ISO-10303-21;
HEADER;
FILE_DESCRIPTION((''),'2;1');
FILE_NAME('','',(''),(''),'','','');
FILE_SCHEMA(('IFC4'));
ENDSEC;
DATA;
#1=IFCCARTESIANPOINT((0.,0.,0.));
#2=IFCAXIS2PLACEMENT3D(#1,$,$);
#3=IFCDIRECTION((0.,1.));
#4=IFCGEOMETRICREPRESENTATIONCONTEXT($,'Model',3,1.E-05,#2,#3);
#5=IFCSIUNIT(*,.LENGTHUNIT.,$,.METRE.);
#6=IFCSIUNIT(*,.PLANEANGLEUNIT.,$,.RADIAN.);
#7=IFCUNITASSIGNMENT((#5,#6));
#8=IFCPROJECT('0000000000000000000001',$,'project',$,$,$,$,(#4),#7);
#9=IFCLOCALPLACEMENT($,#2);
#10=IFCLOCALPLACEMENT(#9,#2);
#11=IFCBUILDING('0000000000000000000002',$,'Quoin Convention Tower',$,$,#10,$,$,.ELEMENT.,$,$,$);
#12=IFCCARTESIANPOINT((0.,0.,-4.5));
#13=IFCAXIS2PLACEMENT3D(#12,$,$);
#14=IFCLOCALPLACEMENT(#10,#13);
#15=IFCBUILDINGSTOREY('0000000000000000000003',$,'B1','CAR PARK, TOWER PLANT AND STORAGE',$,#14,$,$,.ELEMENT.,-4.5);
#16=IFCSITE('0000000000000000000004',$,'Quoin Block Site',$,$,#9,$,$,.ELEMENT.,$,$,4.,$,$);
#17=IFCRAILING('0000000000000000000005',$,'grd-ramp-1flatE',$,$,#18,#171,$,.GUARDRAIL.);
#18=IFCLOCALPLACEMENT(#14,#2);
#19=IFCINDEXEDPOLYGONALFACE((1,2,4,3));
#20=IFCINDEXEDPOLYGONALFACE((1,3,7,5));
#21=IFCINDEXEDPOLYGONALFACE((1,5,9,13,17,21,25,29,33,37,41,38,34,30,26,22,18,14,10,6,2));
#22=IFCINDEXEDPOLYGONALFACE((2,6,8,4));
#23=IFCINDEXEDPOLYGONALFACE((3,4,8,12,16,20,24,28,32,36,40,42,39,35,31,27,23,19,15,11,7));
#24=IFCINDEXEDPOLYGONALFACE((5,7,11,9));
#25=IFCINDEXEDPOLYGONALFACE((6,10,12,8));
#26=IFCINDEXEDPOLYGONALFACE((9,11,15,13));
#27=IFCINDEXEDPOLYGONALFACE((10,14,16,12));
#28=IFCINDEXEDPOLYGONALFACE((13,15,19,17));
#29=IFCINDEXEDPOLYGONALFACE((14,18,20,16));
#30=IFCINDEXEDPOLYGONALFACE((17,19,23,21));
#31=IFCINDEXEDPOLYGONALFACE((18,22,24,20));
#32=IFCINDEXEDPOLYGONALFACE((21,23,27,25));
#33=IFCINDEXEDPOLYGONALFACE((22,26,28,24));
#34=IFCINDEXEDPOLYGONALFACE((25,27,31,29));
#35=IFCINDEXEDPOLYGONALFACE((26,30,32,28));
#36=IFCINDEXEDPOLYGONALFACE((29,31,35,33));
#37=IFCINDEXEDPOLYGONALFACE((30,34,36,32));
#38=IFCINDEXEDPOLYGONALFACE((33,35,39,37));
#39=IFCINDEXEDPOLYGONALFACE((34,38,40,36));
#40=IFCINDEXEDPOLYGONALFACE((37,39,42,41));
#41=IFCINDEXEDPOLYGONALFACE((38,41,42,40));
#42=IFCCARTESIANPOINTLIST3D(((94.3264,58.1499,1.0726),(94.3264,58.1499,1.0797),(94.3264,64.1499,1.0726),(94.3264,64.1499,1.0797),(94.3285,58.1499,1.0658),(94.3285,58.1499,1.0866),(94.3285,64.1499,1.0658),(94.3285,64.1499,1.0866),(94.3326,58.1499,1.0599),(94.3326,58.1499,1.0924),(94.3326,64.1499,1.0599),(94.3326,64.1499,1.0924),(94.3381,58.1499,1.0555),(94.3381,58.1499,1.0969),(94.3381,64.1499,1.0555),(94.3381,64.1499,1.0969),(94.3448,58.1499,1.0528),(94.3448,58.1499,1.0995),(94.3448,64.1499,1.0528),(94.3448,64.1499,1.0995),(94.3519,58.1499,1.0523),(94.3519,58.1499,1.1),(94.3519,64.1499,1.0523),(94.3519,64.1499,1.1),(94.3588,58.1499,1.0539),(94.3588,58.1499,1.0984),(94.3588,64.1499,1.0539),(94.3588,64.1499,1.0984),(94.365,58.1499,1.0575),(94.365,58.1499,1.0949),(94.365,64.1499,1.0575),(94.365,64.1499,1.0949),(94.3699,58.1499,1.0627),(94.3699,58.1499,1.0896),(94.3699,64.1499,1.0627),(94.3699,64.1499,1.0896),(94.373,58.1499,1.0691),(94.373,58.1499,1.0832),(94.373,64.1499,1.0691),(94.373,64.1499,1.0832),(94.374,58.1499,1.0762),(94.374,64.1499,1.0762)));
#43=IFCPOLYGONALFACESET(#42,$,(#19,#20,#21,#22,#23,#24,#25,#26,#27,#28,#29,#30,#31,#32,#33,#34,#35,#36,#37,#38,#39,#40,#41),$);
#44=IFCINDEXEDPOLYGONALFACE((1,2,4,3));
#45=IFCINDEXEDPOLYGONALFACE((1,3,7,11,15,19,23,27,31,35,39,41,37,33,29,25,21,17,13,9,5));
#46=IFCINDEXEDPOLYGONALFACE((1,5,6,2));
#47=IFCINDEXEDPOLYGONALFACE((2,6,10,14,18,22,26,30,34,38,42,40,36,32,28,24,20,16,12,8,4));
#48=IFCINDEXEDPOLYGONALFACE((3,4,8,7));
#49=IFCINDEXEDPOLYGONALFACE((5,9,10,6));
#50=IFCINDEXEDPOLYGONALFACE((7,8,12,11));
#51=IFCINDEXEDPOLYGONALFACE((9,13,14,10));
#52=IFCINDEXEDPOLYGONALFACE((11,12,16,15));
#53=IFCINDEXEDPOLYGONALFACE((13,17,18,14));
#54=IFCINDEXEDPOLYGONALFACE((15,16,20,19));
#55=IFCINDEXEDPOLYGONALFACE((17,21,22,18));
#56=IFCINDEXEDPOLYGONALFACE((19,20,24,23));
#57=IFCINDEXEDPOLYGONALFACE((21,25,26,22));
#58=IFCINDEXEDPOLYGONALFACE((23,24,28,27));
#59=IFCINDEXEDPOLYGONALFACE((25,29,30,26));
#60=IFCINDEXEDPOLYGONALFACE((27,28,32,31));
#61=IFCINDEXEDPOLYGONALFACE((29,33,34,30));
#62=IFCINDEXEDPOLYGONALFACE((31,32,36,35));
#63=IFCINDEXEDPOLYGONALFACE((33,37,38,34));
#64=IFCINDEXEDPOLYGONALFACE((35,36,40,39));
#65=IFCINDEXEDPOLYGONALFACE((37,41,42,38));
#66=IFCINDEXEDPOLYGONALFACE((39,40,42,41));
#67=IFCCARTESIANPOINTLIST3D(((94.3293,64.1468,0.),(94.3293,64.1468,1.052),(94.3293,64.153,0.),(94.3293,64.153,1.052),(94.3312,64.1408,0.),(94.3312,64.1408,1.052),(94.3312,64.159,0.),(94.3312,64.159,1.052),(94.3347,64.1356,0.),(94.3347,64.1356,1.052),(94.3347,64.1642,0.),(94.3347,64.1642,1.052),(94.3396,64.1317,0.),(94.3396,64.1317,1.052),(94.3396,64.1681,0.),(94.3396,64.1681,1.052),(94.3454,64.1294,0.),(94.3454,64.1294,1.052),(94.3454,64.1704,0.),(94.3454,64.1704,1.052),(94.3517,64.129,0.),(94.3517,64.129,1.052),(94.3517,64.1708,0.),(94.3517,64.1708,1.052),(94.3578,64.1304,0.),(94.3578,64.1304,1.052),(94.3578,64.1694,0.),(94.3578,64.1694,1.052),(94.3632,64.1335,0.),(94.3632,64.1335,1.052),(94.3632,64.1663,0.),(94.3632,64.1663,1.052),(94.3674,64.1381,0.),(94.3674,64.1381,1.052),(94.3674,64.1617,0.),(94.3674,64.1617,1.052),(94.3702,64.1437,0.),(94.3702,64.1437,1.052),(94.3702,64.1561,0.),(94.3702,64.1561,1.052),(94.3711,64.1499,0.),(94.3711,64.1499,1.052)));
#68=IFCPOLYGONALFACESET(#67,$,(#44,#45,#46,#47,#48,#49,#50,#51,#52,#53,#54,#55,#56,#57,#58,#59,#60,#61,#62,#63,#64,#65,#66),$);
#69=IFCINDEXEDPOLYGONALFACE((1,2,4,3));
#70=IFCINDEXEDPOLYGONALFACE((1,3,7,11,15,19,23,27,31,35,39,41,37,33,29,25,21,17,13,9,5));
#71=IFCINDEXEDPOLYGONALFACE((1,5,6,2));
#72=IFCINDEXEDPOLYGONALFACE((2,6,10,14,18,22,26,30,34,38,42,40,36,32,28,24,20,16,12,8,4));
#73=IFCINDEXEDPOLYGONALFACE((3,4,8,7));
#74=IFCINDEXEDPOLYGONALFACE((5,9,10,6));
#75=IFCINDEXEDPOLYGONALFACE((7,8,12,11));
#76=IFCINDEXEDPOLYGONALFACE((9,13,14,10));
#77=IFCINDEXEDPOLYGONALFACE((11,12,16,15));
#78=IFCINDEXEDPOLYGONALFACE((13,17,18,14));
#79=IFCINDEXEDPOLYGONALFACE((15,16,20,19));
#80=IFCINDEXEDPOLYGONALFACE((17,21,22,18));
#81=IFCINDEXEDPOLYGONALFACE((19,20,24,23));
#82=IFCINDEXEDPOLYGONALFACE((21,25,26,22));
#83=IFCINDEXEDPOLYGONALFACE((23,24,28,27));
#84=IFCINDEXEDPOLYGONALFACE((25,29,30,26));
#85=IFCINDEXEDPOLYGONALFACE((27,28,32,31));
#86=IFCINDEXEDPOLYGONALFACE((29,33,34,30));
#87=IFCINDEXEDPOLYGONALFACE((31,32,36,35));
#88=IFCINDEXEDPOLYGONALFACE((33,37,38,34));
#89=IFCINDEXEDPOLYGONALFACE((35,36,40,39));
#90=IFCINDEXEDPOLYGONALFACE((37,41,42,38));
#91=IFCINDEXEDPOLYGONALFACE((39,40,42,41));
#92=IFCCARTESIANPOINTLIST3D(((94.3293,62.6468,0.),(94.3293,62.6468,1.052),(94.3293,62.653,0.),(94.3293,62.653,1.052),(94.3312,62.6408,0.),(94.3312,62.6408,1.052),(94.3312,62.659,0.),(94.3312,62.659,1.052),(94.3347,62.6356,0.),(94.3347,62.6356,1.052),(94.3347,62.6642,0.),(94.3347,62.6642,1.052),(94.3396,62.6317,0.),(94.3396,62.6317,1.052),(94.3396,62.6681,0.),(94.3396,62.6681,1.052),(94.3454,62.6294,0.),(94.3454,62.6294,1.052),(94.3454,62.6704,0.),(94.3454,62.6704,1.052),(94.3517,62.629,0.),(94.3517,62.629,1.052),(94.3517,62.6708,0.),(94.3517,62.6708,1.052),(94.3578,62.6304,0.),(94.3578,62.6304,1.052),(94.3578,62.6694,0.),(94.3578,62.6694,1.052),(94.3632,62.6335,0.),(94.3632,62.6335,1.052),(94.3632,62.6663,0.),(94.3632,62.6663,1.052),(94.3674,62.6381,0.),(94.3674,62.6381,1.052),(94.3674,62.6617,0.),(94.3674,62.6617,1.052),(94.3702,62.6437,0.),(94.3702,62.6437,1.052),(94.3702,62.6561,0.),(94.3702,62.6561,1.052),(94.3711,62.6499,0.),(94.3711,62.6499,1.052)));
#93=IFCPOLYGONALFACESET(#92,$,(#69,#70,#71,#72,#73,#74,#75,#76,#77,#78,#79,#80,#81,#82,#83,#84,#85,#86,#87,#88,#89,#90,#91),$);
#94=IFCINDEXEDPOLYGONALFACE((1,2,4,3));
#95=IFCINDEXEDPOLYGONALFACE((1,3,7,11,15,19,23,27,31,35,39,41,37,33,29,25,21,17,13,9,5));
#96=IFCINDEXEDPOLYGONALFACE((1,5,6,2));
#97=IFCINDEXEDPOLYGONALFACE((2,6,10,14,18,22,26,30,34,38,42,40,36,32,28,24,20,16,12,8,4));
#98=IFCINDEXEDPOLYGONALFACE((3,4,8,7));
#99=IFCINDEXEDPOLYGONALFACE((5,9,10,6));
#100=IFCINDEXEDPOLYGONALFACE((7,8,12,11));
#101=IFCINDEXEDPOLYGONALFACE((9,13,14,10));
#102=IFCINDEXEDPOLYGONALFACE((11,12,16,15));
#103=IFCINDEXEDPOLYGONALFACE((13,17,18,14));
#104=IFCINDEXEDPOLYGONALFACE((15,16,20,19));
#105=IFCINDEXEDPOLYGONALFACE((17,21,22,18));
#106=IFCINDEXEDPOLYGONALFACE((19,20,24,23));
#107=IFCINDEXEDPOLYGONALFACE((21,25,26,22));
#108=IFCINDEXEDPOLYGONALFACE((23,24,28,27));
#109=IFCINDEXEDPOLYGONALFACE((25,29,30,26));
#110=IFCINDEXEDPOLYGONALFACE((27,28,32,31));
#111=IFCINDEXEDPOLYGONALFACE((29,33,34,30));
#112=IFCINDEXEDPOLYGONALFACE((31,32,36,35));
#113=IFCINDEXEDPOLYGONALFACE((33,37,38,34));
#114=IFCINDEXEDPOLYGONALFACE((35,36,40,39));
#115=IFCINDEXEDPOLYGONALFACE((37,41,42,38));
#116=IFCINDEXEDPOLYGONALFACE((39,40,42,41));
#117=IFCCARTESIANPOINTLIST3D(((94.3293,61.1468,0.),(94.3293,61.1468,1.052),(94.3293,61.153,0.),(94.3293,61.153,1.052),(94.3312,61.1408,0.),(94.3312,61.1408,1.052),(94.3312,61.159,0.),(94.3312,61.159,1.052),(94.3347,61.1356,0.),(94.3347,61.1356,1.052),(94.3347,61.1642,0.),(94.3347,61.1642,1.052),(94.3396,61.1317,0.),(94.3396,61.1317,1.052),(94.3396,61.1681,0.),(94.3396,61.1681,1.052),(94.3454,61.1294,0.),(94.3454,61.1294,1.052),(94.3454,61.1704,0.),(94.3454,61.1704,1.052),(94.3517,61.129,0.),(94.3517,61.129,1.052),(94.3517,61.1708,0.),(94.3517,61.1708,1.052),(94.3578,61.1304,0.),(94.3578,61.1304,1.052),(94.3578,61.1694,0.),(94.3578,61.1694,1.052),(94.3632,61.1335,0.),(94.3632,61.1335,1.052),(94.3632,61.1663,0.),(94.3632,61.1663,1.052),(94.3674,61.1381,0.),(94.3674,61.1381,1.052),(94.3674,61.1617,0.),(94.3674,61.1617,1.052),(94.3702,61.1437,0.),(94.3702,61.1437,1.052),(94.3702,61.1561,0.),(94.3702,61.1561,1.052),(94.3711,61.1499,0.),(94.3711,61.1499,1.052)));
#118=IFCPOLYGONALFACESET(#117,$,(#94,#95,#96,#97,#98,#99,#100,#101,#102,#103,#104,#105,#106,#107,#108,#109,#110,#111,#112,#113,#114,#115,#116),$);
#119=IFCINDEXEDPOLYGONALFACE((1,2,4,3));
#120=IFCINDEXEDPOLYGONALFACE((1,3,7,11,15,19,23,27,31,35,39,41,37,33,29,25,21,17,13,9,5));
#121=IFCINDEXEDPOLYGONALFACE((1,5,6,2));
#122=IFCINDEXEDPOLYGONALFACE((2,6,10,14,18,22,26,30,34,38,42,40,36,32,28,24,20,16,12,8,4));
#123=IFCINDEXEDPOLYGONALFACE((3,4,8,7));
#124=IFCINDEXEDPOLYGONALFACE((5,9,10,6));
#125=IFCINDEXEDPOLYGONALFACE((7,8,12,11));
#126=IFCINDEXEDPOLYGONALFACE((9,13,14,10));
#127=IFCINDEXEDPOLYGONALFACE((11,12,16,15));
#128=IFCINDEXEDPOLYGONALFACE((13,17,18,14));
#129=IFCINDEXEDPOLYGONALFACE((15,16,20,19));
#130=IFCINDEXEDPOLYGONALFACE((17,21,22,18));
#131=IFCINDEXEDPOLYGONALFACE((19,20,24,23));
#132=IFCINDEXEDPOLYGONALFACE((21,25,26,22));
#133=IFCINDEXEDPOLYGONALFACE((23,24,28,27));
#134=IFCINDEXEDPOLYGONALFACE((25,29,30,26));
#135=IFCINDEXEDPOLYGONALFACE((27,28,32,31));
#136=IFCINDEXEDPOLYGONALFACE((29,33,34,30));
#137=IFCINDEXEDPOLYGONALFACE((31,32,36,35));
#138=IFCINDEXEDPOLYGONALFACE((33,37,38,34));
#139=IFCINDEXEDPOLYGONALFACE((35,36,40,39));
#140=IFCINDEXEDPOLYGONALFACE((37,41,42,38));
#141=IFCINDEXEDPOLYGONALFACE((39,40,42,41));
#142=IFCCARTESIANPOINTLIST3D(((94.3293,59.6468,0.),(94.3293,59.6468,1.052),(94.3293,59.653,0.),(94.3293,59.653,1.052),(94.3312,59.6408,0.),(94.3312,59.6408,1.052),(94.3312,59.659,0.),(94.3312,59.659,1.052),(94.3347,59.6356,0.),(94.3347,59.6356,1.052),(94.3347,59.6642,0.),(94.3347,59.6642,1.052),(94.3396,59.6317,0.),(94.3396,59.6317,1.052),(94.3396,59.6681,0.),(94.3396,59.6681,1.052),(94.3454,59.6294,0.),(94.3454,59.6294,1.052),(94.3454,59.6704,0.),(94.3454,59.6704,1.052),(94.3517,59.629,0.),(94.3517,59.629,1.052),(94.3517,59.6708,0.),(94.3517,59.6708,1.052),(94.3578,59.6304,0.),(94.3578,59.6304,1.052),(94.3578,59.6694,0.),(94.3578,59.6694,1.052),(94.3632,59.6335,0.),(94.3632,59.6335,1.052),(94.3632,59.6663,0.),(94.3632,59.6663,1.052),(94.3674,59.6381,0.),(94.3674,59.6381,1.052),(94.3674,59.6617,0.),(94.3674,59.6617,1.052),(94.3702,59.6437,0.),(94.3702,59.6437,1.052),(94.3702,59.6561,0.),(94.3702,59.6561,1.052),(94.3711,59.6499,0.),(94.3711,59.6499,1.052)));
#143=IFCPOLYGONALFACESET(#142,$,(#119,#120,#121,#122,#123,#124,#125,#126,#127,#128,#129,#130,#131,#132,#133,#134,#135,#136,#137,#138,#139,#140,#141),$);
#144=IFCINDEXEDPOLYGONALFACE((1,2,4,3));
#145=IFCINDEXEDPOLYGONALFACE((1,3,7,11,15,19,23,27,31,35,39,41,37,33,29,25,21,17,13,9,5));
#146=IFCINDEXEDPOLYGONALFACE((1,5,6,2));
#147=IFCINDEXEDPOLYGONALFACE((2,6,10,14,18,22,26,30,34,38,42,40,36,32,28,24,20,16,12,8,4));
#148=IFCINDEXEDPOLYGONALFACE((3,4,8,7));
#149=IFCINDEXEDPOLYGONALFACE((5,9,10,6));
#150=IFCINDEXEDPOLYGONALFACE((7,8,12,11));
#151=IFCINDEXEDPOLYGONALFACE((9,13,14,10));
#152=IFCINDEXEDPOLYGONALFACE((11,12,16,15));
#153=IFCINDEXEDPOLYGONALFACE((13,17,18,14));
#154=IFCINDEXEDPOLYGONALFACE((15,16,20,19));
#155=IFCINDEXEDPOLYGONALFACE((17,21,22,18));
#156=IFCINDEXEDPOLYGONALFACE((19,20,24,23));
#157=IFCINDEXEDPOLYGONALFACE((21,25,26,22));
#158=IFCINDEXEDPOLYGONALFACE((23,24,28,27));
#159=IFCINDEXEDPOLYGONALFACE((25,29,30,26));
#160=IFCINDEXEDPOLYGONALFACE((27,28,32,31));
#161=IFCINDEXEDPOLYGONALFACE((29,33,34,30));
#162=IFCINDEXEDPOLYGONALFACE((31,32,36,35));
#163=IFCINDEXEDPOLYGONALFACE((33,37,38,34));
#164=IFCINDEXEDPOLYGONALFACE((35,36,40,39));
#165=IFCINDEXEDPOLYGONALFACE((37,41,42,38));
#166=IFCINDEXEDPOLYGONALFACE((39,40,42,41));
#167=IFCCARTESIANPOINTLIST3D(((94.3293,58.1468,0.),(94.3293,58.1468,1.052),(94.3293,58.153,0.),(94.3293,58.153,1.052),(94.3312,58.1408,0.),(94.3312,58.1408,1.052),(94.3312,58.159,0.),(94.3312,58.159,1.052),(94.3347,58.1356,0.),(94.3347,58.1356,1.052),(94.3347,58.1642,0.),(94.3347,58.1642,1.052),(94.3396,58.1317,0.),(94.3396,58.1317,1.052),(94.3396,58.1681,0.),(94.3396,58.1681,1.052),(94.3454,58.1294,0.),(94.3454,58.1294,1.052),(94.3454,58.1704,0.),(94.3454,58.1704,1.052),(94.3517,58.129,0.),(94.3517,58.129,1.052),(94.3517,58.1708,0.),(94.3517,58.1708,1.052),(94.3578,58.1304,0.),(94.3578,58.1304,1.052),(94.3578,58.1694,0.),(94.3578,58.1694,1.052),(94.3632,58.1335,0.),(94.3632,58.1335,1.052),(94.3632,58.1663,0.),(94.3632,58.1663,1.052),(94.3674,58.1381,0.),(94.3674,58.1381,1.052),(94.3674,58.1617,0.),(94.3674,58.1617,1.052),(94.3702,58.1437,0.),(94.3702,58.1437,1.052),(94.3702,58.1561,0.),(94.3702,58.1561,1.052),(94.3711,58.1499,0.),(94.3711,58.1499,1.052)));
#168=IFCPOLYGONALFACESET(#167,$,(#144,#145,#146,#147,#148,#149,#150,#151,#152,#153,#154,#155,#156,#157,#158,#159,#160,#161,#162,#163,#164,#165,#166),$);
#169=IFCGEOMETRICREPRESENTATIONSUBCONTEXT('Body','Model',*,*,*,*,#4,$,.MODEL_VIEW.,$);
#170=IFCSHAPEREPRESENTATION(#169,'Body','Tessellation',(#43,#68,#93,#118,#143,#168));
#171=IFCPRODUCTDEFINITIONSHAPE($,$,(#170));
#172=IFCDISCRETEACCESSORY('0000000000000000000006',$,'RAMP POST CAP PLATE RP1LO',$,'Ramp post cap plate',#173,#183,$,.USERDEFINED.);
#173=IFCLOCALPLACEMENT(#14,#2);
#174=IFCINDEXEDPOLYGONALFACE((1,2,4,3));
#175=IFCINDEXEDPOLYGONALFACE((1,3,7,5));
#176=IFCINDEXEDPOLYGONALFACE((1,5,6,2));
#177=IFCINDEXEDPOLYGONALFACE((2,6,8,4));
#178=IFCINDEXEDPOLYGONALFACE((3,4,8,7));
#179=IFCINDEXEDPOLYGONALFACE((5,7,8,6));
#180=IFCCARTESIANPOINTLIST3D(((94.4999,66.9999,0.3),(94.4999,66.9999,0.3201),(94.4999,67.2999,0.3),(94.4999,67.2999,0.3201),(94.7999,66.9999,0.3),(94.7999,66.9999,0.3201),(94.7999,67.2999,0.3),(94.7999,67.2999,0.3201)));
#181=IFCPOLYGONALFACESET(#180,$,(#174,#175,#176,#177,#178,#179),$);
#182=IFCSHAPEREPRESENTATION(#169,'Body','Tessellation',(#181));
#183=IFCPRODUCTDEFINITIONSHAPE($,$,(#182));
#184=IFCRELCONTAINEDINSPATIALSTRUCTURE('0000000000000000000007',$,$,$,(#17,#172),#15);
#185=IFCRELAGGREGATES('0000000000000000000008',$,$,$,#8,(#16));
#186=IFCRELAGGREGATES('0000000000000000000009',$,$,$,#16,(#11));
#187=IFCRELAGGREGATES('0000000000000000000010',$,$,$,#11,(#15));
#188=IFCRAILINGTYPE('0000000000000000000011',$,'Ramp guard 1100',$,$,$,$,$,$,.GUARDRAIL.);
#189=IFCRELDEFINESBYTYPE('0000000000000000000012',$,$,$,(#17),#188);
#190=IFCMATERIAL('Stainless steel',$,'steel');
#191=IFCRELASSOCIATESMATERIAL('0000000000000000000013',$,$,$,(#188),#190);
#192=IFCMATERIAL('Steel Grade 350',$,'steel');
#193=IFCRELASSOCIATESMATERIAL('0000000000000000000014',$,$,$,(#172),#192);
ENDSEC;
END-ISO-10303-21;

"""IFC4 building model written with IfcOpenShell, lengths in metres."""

from ifc_helpers import new_model, si_unit, direction, frame, origin, origin_2d, place, context, subcontext, project, spatial, rectangle, circle, extrude, material, type_object, element, save


model = new_model("IFC4")

# Units and contexts
model_context = context("Model", 3, precision=1e-05, world=origin(), true_north=direction((0.0, 1.0)))
body_context = subcontext(model_context, "Body", "Model", "MODEL_VIEW")
ifc_project = project(units=[si_unit("LENGTHUNIT", "METRE"), si_unit("PLANEANGLEUNIT", "RADIAN")], contexts=[model_context])

# Site, building, storey
site_placement = place(None, origin())
site = spatial("IfcSite", under=ifc_project, at=site_placement, Name="Quoin Block Site", CompositionType="ELEMENT", RefElevation=4.0)
building_placement = place(site_placement, origin())
building = spatial("IfcBuilding", under=site, at=building_placement, Name="Quoin Convention Tower", CompositionType="ELEMENT")
storey_placement = place(building_placement, frame((0.0, 0.0, -4.5)))
storey = spatial("IfcBuildingStorey", under=building, at=storey_placement, Name="B1", Description="CAR PARK, TOWER PLANT AND STORAGE", CompositionType="ELEMENT", Elevation=-4.5)

# Shared definitions
ifc_material_1 = material(Name="Steel Grade 350", Category="steel")

# Railing
ifc_material_2 = material(Name="Stainless steel", Category="steel")
railing_type_1 = type_object("IfcRailingType", Name="Ramp guard 1100", PredefinedType="GUARDRAIL", material=ifc_material_2)
for number, where, name in (
    (1, (94.3501, 64.1499, 0.0), "grd-ramp-1flatE"),
):
    element("IfcRailing", number, at=place(storey_placement, frame(where)), inside=storey, type_object=railing_type_1, Name=name, PredefinedType="GUARDRAIL", context=body_context, shape_type="SweptSolid", body=[
        extrude(circle(Radius=0.0239, at=origin_2d()), frame((0.0, 0.0, 1.0762), z_axis=(0.0, -1.0, 0.0), x_axis=(1.0, 0.0, 0.0)), (0.0, 0.0, 1.0), 6.0),
        extrude(circle(Radius=0.021, at=origin_2d()), origin(), (0.0, 0.0, 1.0), 1.052),
        extrude(circle(Radius=0.021, at=origin_2d()), frame((0.0, -1.5, 0.0)), (0.0, 0.0, 1.0), 1.052),
        extrude(circle(Radius=0.021, at=origin_2d()), frame((0.0, -3.0, 0.0)), (0.0, 0.0, 1.0), 1.052),
        extrude(circle(Radius=0.021, at=origin_2d()), frame((0.0, -4.5, 0.0)), (0.0, 0.0, 1.0), 1.052),
        extrude(circle(Radius=0.021, at=origin_2d()), frame((0.0, -6.0, 0.0)), (0.0, 0.0, 1.0), 1.052),
    ])

# Discrete accessory
discrete_accessory_placement = place(storey_placement, frame((94.6499, 67.1499, 0.3), z_axis=(0.0, 0.0, 1.0), x_axis=(1.0, 0.0, 0.0)))
element("IfcDiscreteAccessory", 2, at=discrete_accessory_placement, inside=storey, material=ifc_material_1, Name="RAMP POST CAP PLATE RP1LO", ObjectType="Ramp post cap plate", PredefinedType="USERDEFINED", context=body_context, shape_type="SweptSolid", body=[
    extrude(rectangle(XDim=0.3, YDim=0.3, at=origin_2d()), origin(), (0.0, 0.0, 1.0), 0.02),
])

save(model, "model.ifc")
